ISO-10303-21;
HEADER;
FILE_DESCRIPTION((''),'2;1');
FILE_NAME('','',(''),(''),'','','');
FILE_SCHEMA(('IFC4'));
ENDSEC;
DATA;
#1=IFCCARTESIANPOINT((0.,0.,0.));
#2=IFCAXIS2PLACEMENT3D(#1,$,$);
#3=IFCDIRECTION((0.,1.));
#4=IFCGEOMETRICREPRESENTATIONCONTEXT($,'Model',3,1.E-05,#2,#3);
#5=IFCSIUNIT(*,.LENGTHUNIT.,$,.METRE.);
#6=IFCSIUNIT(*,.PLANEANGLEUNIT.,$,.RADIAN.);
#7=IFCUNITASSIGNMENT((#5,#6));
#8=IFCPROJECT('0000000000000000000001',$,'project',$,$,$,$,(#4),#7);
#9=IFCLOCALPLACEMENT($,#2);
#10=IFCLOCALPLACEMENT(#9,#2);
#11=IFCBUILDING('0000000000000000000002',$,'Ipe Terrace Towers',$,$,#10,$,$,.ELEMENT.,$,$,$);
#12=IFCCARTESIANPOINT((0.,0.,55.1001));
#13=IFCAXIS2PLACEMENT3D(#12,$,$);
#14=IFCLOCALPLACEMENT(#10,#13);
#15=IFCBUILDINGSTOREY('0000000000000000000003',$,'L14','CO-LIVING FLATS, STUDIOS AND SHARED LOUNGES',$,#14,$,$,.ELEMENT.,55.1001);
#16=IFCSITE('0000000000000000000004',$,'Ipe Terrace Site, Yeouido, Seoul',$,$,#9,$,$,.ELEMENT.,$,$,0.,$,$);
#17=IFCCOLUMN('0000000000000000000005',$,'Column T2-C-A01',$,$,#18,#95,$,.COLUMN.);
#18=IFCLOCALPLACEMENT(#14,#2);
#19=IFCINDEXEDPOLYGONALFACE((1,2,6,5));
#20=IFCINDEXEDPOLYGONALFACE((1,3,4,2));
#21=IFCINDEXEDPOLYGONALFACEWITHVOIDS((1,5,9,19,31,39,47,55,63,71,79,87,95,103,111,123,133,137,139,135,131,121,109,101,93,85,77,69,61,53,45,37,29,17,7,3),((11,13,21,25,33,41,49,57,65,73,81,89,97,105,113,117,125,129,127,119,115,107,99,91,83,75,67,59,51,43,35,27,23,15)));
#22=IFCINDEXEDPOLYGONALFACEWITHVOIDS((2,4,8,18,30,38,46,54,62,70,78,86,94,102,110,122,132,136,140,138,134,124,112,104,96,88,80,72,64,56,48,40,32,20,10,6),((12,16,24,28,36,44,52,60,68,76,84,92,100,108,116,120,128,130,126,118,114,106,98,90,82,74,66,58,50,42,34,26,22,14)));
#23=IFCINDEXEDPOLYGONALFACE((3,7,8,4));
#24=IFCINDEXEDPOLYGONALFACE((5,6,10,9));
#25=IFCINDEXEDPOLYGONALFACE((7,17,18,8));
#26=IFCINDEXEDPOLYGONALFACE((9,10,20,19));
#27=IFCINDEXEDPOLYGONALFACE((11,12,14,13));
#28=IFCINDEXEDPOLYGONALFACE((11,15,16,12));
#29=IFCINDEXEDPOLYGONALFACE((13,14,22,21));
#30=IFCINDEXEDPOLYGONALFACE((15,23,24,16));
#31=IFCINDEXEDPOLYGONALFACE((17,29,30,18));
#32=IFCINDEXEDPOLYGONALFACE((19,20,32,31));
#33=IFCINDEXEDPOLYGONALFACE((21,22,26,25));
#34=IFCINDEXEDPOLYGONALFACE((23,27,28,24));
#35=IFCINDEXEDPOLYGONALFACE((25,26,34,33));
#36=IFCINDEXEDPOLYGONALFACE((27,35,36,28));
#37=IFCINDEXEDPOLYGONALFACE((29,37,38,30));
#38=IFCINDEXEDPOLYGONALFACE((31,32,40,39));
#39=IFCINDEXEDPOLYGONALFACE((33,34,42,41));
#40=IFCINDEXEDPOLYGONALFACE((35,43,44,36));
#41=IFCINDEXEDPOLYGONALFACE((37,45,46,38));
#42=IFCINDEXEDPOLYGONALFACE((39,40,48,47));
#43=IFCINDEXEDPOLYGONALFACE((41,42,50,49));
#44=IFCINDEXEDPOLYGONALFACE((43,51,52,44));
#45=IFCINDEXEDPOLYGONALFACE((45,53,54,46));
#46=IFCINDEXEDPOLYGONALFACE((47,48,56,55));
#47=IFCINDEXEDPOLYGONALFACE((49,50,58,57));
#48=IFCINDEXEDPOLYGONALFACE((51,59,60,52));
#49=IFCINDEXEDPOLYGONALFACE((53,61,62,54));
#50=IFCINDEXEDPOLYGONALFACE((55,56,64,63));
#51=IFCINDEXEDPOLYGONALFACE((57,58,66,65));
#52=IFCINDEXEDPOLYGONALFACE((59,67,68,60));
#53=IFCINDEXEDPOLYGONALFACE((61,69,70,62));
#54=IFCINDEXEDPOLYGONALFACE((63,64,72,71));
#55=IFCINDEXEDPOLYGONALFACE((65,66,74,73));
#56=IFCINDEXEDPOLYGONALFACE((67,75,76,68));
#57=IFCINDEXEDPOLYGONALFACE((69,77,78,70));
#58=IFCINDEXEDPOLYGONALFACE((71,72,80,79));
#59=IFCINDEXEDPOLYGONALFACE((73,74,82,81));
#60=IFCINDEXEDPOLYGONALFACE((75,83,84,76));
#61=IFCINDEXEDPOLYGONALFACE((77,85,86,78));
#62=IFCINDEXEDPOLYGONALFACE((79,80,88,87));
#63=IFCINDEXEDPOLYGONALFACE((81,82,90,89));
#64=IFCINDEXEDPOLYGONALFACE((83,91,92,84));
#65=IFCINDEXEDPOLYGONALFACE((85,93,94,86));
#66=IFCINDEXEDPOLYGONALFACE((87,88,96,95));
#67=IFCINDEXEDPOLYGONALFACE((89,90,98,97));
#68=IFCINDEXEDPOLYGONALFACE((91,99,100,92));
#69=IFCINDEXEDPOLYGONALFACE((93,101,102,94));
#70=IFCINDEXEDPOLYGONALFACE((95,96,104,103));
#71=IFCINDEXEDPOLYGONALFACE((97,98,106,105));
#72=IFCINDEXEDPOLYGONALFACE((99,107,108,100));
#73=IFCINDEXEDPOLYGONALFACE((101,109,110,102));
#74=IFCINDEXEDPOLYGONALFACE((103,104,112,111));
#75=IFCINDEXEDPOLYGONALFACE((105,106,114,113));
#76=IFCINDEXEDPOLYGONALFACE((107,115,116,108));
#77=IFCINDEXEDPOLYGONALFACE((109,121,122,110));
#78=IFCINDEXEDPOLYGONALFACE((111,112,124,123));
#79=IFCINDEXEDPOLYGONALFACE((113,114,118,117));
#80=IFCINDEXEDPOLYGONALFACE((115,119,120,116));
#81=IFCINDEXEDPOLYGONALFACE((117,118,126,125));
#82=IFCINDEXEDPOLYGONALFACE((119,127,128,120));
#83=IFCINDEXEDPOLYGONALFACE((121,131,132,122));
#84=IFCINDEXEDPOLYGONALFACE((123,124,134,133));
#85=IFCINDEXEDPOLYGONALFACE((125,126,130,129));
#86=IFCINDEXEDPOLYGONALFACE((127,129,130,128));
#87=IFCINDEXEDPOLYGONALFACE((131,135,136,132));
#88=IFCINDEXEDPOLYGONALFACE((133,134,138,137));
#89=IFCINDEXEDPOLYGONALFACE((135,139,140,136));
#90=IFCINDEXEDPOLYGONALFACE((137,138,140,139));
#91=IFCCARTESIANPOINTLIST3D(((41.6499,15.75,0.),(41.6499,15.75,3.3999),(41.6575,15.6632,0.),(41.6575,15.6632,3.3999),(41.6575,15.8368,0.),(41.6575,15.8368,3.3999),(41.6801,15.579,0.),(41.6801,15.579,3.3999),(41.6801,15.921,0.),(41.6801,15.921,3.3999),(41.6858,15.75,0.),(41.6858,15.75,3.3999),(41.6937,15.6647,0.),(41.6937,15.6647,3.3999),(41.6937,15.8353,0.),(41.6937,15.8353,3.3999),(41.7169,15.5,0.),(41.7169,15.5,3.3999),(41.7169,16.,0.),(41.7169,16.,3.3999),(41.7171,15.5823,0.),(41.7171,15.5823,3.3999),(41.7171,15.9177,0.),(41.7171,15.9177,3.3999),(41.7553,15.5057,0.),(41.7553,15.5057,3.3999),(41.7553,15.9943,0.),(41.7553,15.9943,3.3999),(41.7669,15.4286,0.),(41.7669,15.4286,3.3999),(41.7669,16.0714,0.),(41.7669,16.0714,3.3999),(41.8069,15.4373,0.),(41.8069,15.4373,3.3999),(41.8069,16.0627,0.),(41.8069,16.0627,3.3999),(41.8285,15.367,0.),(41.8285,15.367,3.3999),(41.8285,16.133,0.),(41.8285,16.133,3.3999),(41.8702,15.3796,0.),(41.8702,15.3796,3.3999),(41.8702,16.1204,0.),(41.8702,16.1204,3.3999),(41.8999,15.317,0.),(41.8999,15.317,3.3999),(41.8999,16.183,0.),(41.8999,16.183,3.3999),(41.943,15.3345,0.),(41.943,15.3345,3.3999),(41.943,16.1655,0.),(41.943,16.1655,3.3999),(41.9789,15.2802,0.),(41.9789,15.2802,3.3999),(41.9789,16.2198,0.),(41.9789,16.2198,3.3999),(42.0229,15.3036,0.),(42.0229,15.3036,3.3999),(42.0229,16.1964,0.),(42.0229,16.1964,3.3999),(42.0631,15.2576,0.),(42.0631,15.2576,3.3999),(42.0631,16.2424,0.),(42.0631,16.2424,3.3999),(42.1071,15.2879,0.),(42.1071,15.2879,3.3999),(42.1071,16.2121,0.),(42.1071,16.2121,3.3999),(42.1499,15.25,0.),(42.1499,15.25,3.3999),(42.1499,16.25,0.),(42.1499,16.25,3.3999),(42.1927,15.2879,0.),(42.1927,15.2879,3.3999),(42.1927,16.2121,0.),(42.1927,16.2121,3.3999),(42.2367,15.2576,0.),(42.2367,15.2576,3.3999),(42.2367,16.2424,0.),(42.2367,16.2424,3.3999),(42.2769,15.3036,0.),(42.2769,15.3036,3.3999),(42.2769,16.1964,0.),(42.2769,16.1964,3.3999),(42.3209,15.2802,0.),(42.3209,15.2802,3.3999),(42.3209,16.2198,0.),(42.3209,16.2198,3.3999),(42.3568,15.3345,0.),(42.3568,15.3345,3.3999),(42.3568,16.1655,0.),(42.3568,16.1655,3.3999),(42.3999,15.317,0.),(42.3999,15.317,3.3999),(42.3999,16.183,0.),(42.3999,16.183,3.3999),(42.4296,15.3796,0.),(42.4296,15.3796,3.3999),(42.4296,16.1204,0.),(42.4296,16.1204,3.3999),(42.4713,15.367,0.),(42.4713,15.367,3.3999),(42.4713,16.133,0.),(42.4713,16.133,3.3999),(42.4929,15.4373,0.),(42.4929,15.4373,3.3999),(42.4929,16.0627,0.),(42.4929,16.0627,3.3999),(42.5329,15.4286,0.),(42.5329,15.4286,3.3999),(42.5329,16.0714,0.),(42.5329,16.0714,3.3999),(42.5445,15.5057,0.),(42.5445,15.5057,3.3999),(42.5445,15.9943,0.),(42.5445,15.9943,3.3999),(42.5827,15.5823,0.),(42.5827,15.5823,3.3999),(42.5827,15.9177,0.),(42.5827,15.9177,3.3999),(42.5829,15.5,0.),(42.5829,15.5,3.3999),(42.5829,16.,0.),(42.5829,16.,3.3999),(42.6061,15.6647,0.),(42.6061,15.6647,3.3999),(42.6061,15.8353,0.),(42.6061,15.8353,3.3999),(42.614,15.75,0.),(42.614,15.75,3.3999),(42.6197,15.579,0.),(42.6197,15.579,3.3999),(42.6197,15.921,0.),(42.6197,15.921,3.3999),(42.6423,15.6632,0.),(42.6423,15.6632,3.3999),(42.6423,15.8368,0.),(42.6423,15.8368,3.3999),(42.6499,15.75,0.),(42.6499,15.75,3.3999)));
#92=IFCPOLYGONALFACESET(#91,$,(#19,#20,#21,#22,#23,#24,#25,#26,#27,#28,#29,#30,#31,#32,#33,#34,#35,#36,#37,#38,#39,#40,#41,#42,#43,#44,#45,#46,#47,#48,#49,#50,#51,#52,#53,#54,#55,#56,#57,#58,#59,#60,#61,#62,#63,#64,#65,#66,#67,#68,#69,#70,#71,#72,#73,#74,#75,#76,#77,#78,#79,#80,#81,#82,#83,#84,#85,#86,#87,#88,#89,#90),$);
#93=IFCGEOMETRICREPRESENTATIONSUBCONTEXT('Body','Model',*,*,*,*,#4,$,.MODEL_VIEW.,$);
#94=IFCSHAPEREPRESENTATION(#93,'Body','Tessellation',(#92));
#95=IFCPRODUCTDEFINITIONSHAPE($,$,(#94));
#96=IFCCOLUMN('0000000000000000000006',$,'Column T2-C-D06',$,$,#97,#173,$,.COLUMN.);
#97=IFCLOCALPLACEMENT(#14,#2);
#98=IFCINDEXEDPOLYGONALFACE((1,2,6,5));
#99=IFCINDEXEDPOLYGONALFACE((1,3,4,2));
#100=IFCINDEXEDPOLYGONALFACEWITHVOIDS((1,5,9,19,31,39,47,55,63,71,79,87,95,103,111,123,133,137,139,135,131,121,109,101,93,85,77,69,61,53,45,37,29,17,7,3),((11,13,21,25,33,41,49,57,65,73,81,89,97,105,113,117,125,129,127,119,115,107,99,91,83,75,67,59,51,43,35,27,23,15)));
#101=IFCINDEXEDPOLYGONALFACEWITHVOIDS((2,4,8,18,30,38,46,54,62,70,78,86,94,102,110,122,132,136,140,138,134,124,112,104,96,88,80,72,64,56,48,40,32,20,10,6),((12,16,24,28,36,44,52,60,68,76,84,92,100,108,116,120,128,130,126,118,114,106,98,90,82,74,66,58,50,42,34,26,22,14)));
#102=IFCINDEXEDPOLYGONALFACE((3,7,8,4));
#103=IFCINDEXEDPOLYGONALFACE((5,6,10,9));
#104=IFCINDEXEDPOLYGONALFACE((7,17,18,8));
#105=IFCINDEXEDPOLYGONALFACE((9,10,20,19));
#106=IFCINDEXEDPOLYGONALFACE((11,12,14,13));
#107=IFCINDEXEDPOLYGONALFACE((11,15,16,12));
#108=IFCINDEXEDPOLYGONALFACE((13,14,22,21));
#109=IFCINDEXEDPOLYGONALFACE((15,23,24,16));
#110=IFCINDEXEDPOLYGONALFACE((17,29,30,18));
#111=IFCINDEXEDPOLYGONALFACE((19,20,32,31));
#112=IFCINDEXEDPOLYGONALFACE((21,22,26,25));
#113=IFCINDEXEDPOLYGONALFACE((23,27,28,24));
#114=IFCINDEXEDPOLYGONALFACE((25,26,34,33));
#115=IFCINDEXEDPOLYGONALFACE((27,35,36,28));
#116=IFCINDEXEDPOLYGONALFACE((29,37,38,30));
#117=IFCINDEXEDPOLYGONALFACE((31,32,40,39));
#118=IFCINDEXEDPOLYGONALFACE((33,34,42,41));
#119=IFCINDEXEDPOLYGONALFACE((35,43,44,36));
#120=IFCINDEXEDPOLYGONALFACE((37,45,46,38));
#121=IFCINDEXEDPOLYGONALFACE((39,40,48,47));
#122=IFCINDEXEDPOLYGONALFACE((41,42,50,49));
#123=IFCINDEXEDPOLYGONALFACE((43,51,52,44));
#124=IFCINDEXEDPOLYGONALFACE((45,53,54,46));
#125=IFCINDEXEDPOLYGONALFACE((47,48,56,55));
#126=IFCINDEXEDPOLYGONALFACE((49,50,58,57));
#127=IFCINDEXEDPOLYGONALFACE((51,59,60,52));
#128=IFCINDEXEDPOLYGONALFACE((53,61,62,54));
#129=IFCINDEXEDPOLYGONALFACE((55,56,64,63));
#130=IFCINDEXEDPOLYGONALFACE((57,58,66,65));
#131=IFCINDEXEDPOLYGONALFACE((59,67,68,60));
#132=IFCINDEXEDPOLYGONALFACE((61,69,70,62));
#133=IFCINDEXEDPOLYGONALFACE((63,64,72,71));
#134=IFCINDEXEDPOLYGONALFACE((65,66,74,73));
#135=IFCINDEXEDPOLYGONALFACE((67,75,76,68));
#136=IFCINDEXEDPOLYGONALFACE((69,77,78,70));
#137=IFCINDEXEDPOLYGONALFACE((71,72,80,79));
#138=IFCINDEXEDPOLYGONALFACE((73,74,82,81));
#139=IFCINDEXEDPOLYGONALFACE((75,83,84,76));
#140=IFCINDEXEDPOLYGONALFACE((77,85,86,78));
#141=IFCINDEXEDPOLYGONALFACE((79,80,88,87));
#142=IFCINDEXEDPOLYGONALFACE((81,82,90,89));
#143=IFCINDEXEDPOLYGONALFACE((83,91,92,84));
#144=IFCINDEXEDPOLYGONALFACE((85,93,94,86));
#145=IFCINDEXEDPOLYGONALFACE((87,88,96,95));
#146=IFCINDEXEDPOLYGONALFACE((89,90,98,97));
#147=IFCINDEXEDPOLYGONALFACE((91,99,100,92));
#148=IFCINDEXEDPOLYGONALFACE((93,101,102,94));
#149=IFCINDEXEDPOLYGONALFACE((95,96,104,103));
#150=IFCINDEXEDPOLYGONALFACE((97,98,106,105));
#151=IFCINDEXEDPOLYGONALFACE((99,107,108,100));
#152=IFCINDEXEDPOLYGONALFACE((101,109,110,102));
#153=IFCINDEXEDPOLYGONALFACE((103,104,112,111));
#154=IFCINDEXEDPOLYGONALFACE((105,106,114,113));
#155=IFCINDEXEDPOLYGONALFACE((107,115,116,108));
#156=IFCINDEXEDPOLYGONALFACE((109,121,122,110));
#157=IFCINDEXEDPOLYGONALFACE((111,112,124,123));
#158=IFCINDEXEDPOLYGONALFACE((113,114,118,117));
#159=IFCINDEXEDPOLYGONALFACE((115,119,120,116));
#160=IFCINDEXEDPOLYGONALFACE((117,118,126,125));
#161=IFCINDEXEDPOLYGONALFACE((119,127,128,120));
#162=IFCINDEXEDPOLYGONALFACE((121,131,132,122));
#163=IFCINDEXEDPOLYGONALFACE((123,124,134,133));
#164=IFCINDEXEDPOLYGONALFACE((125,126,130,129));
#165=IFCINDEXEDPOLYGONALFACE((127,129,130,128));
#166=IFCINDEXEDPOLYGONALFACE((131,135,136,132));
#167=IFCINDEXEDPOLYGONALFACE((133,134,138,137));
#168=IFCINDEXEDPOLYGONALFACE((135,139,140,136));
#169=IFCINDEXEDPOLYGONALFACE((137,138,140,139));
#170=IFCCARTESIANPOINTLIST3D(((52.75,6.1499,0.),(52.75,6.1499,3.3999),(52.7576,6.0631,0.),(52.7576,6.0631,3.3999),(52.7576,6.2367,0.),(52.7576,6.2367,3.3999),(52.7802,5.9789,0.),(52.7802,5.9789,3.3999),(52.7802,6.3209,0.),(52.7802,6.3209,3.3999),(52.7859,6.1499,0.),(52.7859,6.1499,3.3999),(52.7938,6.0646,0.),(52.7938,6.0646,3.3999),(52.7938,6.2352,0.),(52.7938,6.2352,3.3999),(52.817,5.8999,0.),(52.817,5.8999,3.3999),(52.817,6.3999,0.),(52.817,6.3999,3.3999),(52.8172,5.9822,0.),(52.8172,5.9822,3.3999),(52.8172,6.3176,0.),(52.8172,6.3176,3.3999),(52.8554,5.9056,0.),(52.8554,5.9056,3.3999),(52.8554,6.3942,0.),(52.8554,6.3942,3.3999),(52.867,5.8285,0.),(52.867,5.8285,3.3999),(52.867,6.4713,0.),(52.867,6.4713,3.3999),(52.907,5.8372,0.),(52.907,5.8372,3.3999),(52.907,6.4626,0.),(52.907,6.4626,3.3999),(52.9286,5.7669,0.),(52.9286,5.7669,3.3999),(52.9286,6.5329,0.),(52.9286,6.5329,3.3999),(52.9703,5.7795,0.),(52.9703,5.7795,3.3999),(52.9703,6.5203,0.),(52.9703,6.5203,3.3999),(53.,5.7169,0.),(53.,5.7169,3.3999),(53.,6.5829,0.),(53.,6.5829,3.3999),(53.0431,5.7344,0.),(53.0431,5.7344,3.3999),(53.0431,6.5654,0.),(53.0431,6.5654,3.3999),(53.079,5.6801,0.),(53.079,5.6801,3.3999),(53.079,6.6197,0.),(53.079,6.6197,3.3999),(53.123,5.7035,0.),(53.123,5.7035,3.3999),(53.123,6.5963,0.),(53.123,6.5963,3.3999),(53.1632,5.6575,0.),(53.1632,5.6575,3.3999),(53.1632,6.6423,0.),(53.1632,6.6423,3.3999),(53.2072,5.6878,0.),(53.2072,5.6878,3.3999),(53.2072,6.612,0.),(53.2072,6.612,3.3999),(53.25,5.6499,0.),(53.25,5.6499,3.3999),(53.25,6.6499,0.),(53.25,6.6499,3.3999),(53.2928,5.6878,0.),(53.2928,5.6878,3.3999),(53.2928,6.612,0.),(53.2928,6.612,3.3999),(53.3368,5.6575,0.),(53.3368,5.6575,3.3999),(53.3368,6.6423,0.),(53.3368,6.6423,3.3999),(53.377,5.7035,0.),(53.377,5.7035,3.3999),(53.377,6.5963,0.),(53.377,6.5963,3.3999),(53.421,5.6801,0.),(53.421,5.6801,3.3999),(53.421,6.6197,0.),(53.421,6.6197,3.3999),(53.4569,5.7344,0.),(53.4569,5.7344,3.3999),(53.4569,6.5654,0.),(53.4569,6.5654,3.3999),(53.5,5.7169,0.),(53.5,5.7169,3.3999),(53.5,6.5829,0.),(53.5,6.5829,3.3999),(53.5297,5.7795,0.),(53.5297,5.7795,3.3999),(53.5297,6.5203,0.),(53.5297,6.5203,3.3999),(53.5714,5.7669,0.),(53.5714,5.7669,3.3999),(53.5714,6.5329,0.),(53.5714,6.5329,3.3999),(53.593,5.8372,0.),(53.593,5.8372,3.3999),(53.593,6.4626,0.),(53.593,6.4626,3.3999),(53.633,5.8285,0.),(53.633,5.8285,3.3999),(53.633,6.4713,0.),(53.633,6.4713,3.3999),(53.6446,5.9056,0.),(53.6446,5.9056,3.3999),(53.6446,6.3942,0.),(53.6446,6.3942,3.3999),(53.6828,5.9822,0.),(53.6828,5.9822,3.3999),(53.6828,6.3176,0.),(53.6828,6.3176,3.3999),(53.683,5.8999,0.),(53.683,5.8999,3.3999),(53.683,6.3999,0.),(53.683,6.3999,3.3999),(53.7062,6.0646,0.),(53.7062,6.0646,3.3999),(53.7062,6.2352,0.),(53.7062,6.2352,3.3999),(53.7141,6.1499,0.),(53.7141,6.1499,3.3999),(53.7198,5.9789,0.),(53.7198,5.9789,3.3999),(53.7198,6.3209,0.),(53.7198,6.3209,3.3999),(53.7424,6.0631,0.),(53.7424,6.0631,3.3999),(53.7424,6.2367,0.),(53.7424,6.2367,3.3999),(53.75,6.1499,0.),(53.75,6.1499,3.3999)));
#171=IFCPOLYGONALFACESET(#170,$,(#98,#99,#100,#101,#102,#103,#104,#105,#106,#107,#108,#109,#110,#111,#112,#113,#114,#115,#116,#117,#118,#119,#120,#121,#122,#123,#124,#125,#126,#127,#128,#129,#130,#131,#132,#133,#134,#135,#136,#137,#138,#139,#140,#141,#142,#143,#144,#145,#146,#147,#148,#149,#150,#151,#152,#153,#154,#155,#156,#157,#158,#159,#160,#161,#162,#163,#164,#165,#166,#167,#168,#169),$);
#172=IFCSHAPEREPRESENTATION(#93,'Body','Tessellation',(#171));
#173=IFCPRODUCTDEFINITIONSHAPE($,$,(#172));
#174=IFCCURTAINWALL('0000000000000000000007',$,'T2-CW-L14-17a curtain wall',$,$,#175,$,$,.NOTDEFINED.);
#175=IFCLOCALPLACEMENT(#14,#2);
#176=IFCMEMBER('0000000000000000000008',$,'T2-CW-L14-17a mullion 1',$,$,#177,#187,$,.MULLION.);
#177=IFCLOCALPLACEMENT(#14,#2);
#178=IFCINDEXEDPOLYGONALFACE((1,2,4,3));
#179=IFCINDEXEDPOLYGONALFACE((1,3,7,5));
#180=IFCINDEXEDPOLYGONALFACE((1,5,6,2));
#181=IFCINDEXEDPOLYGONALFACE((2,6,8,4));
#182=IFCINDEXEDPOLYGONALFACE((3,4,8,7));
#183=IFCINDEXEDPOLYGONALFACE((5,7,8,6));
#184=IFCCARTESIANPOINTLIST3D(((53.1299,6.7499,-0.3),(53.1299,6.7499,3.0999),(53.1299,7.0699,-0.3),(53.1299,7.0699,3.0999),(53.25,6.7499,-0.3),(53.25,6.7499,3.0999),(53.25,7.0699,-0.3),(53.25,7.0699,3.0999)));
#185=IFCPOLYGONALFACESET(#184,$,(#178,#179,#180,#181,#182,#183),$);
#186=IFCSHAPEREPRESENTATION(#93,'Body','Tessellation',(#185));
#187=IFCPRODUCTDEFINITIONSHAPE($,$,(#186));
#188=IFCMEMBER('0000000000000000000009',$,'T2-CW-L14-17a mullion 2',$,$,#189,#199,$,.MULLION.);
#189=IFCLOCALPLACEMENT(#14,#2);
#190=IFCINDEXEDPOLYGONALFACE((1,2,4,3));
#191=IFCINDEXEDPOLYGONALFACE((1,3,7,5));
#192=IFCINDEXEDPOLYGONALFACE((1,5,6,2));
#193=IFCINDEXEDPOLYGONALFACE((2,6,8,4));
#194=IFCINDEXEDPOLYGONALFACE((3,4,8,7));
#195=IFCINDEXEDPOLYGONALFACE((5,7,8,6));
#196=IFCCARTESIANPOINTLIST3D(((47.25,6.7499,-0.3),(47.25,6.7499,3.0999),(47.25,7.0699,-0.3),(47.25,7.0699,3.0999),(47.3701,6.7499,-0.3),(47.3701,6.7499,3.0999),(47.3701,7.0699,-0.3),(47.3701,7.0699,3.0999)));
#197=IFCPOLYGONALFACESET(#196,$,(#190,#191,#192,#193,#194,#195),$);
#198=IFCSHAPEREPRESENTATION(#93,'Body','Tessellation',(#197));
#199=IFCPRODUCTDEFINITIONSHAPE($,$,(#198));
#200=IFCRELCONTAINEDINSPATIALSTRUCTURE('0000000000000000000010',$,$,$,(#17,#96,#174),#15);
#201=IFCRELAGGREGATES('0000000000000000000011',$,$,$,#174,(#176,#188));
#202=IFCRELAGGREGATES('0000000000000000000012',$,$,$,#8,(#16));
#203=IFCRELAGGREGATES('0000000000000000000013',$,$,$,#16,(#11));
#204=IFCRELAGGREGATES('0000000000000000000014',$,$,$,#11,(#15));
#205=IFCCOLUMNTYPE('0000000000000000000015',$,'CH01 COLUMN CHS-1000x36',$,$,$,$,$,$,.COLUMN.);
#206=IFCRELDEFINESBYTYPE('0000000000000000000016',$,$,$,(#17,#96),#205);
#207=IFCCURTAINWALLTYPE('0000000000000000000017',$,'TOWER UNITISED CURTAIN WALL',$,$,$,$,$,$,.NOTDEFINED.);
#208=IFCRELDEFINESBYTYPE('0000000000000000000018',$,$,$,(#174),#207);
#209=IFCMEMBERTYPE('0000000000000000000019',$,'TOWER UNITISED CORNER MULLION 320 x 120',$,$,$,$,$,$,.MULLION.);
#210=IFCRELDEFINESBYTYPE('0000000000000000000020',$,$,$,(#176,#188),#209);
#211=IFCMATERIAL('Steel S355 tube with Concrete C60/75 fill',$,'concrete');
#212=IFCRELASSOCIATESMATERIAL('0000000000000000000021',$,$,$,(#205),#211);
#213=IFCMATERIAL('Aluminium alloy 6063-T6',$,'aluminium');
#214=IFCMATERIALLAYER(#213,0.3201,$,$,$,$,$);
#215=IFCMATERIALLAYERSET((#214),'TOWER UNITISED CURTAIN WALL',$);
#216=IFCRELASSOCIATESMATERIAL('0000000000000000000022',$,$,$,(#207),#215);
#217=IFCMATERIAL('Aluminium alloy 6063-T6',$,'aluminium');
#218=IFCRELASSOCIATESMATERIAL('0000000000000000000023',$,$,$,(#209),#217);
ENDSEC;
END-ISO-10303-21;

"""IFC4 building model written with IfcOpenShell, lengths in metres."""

from ifc_helpers import new_model, si_unit, direction, frame, origin, origin_2d, place, context, subcontext, project, spatial, rectangle, hollow_circle, extrude, material, layer, layer_set, material_profile, profile_set, type_object, element, aggregate, save


model = new_model("IFC4")

# Units and contexts
model_context = context("Model", 3, precision=1e-05, world=origin(), true_north=direction((0.0, 1.0)))
body_context = subcontext(model_context, "Body", "Model", "MODEL_VIEW")
ifc_project = project(units=[si_unit("LENGTHUNIT", "METRE"), si_unit("PLANEANGLEUNIT", "RADIAN")], contexts=[model_context])

# Site, building, storey
site_placement = place(None, origin())
site = spatial("IfcSite", under=ifc_project, at=site_placement, Name="Ipe Terrace Site, Yeouido, Seoul", CompositionType="ELEMENT", RefElevation=0.0)
building_placement = place(site_placement, origin())
building = spatial("IfcBuilding", under=site, at=building_placement, Name="Ipe Terrace Towers", CompositionType="ELEMENT")
storey_placement = place(building_placement, frame((0.0, 0.0, 55.1001)))
storey = spatial("IfcBuildingStorey", under=building, at=storey_placement, Name="L14", Description="CO-LIVING FLATS, STUDIOS AND SHARED LOUNGES", CompositionType="ELEMENT", Elevation=55.1001)

# Columns
ifc_material_1 = material(Name="Steel S355 tube with Concrete C60/75 fill", Category="concrete")
ifc_material_profile_1 = material_profile(ifc_material_1, hollow_circle(Radius=0.5, WallThickness=0.0359, at=origin_2d()), Name="CHS-1000x36")
ifc_profile_set_1 = profile_set([ifc_material_profile_1], Name="Steel S355 tube with Concrete C60/75 fill")
column_type = type_object("IfcColumnType", Name="CH01 COLUMN CHS-1000x36", PredefinedType="COLUMN", material=ifc_profile_set_1)
for number, where, z_axis, x_axis, name in (
    (1, (42.1499, 15.75, 0.0), (0.0, 0.0, 1.0), (1.0, 0.0, 0.0), "Column T2-C-A01"),
    (2, (53.25, 6.1499, 0.0), (0.0, 0.0, 1.0), (1.0, 0.0, 0.0), "Column T2-C-D06"),
):
    element("IfcColumn", number, at=place(storey_placement, frame(where, z_axis=z_axis, x_axis=x_axis)), inside=storey, type_object=column_type, Name=name, PredefinedType="COLUMN", context=body_context, shape_type="SweptSolid", body=[
        extrude(hollow_circle(Radius=0.5, WallThickness=0.0359, at=origin_2d()), origin(), (0.0, 0.0, 1.0), 3.3999),
    ])

# Curtain wall, members
ifc_material_2 = material(Name="Aluminium alloy 6063-T6", Category="aluminium")
ifc_layer_1 = layer(ifc_material_2, 0.3201)
ifc_layer_set_1 = layer_set([ifc_layer_1], Name="TOWER UNITISED CURTAIN WALL")
curtain_wall_type = type_object("IfcCurtainWallType", Name="TOWER UNITISED CURTAIN WALL", PredefinedType="NOTDEFINED", material=ifc_layer_set_1)
curtain_wall_1_placement = place(storey_placement, origin())
curtain_wall_1 = element("IfcCurtainWall", 3, at=curtain_wall_1_placement, inside=storey, type_object=curtain_wall_type, Name="T2-CW-L14-17a curtain wall", PredefinedType="NOTDEFINED")
ifc_material_3 = material(Name="Aluminium alloy 6063-T6", Category="aluminium")
ifc_material_profile_2 = material_profile(ifc_material_3, rectangle(XDim=0.3201, YDim=0.1201, at=origin_2d()), Name="TOWER UNITISED CORNER MULLION 320 x 120")
ifc_profile_set_2 = profile_set([ifc_material_profile_2], Name="Aluminium alloy 6063-T6")
member_type = type_object("IfcMemberType", Name="TOWER UNITISED CORNER MULLION 320 x 120", PredefinedType="MULLION", material=ifc_profile_set_2)
member_1_placement = place(storey_placement, frame((53.1899, 6.9099, -0.3), z_axis=(0.0, 0.0, 1.0), x_axis=(0.0, 1.0, 0.0)))
member_1 = element("IfcMember", 4, at=member_1_placement, type_object=member_type, Name="T2-CW-L14-17a mullion 1", PredefinedType="MULLION", context=body_context, shape_type="SweptSolid", body=[
    extrude(rectangle(XDim=0.3201, YDim=0.1201, at=origin_2d()), origin(), (0.0, 0.0, 1.0), 3.3999),
])
member_2_placement = place(storey_placement, frame((47.3101, 6.9099, -0.3), z_axis=(0.0, 0.0, 1.0), x_axis=(0.0, 1.0, 0.0)))
member_2 = element("IfcMember", 5, at=member_2_placement, type_object=member_type, Name="T2-CW-L14-17a mullion 2", PredefinedType="MULLION", context=body_context, shape_type="SweptSolid", body=[
    extrude(rectangle(XDim=0.3201, YDim=0.1201, at=origin_2d()), origin(), (0.0, 0.0, 1.0), 3.3999),
])

aggregate(curtain_wall_1, [member_1, member_2])

save(model, "model.ifc")
